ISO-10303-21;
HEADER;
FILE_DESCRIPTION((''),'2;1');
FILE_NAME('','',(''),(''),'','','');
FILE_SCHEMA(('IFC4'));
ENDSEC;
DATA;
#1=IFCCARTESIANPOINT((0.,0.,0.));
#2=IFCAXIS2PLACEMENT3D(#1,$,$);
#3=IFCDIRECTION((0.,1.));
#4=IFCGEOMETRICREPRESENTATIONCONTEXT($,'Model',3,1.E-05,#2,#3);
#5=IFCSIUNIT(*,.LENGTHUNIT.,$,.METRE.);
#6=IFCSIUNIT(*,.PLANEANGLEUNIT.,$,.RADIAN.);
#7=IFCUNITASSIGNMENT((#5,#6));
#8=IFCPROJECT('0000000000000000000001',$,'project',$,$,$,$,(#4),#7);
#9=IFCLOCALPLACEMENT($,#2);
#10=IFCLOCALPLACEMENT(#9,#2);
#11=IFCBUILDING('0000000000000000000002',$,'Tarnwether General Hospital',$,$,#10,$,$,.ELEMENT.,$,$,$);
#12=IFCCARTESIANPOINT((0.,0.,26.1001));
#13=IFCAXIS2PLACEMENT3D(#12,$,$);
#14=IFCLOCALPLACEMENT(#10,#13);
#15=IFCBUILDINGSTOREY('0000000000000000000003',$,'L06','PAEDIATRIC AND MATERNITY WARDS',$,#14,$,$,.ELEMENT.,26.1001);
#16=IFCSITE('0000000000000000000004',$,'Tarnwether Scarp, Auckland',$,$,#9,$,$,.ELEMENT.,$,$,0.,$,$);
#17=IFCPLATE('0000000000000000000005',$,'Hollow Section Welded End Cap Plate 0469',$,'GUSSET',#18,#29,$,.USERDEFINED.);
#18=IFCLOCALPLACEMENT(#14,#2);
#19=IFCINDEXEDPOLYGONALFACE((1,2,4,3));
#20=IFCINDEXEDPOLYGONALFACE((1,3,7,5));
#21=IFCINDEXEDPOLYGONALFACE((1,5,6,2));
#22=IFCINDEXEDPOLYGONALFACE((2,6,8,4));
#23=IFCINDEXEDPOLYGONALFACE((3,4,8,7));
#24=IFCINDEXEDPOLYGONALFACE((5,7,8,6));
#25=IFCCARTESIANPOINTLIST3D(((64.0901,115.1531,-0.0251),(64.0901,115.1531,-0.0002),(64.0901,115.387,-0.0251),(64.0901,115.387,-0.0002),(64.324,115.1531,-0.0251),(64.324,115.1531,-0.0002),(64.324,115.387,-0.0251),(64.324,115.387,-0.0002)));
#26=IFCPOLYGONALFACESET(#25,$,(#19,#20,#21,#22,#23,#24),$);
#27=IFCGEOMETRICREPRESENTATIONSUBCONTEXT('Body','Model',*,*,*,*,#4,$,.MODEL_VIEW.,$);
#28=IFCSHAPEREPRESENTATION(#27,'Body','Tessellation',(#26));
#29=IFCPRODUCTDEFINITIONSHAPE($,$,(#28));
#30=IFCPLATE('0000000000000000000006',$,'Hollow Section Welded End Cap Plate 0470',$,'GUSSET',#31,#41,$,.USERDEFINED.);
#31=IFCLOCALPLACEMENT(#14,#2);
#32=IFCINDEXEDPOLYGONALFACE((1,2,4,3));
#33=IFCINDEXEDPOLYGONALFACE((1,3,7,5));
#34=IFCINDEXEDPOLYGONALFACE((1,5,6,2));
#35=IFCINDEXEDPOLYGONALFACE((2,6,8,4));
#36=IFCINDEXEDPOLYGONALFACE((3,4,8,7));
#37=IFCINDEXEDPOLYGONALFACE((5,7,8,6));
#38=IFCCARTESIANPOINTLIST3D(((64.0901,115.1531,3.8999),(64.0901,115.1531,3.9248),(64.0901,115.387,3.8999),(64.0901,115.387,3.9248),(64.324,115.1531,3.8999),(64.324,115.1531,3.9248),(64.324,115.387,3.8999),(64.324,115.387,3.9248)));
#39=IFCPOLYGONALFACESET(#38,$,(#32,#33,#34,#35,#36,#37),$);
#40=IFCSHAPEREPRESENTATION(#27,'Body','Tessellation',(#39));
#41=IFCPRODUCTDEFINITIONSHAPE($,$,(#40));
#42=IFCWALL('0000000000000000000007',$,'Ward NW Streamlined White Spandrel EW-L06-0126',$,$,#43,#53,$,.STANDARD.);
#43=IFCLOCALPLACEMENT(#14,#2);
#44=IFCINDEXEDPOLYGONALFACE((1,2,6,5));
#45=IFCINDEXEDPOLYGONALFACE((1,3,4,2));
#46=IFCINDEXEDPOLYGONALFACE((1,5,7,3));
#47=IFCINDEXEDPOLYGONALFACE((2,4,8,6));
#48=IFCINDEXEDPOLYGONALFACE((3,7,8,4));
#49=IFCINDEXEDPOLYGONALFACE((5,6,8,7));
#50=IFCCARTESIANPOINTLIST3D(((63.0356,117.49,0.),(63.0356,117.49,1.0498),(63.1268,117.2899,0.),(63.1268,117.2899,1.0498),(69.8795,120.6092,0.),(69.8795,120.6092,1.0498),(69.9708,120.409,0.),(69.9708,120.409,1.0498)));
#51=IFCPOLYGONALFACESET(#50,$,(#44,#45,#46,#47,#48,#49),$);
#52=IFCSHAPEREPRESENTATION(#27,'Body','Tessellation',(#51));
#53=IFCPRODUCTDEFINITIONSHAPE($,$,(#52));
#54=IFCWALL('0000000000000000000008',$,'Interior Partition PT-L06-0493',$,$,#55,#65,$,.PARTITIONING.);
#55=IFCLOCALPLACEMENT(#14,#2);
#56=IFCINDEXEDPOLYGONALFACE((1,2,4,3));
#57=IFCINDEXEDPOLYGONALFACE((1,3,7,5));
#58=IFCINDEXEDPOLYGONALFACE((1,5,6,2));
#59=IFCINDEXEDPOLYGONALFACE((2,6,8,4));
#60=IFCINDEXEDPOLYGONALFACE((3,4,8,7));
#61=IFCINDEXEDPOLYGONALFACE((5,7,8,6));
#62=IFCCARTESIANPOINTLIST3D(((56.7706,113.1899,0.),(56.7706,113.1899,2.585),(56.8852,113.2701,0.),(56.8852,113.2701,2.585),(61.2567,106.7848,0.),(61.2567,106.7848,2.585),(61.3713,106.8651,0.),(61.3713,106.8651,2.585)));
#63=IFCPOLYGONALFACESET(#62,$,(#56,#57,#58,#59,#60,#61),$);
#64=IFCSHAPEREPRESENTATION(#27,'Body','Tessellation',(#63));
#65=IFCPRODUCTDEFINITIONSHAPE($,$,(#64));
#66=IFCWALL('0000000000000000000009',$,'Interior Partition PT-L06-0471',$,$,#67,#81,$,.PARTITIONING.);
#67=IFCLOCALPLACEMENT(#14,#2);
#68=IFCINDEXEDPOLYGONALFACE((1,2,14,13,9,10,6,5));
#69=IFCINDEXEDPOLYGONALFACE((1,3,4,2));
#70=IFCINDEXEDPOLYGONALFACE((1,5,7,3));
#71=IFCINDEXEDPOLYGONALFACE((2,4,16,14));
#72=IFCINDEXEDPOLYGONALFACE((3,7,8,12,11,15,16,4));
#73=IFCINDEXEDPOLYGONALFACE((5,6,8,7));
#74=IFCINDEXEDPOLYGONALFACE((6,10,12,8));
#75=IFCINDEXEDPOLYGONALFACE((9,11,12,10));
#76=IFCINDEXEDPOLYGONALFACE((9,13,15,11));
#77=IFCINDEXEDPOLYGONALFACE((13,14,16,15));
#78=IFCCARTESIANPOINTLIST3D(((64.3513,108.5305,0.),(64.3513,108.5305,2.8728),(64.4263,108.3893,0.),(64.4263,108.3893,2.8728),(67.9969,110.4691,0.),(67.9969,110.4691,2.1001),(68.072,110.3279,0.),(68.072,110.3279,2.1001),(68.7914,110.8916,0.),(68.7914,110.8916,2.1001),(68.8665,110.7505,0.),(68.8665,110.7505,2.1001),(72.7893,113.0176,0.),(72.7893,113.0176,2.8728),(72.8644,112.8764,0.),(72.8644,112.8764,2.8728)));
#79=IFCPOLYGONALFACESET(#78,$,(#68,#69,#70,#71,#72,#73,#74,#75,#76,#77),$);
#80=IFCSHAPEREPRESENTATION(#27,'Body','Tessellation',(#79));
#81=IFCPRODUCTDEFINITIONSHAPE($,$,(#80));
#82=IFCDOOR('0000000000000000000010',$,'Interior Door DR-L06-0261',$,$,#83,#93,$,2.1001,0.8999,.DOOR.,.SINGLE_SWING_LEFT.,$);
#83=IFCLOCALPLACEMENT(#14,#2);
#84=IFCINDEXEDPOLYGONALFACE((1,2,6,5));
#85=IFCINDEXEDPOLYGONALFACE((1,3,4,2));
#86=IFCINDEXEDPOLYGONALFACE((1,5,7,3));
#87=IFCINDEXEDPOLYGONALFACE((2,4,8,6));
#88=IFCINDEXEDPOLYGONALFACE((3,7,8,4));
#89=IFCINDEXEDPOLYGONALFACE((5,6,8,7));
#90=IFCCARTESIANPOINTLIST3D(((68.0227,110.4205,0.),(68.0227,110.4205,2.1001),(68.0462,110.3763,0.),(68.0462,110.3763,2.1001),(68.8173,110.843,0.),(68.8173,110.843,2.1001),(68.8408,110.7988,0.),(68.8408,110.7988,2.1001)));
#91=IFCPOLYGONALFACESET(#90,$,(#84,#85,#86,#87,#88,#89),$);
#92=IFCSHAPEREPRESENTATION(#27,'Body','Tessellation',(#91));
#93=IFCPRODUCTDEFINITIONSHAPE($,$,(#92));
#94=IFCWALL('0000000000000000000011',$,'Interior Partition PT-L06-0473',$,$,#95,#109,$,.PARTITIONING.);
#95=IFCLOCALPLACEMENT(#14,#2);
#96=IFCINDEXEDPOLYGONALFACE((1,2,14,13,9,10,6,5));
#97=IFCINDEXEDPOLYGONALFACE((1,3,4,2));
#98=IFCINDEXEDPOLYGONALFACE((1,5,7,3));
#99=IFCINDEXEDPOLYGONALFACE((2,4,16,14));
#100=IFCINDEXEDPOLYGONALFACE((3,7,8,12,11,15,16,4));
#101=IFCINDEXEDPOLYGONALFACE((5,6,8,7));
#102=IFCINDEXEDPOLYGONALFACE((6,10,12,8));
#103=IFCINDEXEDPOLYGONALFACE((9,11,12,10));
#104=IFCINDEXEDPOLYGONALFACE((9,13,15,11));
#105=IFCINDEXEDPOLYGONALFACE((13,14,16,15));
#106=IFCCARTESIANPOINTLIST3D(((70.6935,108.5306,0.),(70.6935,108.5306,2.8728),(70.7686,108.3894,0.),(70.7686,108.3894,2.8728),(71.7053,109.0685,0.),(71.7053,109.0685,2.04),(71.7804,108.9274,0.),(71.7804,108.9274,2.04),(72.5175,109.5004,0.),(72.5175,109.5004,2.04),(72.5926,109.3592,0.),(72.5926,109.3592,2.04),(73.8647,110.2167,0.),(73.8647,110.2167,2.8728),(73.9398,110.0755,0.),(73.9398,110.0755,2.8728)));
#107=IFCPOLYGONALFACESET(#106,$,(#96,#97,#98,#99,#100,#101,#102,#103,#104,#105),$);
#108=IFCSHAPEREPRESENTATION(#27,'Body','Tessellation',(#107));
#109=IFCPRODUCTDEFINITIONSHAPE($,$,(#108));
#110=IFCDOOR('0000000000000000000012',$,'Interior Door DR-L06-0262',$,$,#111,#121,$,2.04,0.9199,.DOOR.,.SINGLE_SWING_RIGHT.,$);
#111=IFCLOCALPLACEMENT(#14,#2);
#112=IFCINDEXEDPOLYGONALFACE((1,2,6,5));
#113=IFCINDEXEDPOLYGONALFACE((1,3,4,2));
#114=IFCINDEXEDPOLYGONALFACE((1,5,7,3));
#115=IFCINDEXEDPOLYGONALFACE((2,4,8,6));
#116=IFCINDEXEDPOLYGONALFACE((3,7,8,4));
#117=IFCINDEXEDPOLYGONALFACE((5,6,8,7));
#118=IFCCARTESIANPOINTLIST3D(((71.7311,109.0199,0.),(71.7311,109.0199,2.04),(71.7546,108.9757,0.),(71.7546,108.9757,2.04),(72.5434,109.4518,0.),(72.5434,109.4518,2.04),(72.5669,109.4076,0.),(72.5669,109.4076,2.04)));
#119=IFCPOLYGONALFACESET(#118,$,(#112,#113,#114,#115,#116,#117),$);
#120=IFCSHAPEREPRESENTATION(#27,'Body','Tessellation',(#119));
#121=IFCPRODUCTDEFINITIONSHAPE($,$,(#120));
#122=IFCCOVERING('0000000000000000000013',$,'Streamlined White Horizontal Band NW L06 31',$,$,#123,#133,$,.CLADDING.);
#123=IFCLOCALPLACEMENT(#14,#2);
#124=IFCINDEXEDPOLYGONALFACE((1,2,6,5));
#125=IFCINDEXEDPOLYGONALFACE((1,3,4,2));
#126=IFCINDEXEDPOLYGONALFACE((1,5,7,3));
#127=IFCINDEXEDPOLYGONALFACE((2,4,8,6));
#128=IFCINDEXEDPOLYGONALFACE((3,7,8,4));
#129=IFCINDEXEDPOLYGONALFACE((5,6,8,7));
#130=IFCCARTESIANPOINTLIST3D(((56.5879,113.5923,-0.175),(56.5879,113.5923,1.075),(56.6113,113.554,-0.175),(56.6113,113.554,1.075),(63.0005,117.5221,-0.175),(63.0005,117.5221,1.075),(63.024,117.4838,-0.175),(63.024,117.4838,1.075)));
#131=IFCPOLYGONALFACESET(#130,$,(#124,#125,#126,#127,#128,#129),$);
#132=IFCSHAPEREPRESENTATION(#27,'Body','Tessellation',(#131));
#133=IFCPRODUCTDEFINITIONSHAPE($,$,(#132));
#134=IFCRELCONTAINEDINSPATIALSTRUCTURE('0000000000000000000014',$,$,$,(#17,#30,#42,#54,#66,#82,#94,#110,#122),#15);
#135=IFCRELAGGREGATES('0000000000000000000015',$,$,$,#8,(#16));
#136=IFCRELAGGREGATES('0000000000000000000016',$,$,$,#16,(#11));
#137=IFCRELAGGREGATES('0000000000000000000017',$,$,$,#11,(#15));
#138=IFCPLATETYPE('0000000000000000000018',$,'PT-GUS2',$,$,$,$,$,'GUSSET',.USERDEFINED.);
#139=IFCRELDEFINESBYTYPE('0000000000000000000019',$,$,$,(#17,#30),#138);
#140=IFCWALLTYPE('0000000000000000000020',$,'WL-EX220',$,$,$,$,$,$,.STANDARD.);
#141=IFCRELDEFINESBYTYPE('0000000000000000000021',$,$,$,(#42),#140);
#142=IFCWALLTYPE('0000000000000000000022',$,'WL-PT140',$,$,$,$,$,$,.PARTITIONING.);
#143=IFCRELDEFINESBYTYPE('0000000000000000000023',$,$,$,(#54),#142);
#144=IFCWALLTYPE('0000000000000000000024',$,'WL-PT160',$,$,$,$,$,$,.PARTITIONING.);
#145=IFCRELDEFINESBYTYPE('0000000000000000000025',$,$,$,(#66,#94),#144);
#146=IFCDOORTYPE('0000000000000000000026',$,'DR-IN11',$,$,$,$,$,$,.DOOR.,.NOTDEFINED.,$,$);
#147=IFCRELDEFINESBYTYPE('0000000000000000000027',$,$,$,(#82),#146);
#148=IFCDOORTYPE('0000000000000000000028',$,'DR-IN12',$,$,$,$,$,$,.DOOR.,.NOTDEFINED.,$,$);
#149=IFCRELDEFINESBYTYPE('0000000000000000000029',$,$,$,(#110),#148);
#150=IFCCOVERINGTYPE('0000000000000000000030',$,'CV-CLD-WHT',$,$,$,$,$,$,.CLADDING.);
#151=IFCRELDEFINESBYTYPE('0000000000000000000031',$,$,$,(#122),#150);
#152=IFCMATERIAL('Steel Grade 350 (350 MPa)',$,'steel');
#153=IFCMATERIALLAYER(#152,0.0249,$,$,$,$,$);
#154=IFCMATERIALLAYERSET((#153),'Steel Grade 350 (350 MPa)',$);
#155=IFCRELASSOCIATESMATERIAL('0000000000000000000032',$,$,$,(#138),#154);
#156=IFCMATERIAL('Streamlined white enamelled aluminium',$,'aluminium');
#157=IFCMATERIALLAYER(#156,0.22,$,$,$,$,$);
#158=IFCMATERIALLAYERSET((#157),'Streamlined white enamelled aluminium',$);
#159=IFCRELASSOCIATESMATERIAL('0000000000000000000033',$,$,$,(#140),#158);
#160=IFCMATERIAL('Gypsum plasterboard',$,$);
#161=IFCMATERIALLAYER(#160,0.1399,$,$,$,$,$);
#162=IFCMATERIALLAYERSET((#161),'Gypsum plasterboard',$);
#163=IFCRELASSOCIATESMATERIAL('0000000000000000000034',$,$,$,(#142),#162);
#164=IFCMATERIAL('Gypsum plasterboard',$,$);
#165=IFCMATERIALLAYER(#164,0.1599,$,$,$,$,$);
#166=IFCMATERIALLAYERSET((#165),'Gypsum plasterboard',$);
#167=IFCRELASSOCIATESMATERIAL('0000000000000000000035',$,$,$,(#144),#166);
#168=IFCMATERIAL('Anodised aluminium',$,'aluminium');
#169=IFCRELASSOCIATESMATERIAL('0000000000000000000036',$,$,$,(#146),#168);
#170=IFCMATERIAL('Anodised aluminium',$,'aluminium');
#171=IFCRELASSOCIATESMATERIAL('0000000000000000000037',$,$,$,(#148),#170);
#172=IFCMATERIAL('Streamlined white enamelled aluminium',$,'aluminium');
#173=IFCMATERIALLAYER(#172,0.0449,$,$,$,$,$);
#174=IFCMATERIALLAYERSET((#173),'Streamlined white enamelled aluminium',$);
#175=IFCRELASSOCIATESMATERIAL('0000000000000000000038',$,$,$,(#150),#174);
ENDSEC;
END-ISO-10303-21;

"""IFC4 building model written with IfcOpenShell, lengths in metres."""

from ifc_helpers import new_model, si_unit, direction, frame, frame_2d, origin, origin_2d, place, context, subcontext, project, spatial, rectangle, extrude, material, layer, layer_set, type_object, element, fill, save


model = new_model("IFC4")

# Units and contexts
model_context = context("Model", 3, precision=1e-05, world=origin(), true_north=direction((0.0, 1.0)))
body_context = subcontext(model_context, "Body", "Model", "MODEL_VIEW")
ifc_project = project(units=[si_unit("LENGTHUNIT", "METRE"), si_unit("PLANEANGLEUNIT", "RADIAN")], contexts=[model_context])

# Site, building, storey
site_placement = place(None, origin())
site = spatial("IfcSite", under=ifc_project, at=site_placement, Name="Tarnwether Scarp, Auckland", CompositionType="ELEMENT", RefElevation=0.0)
building_placement = place(site_placement, origin())
building = spatial("IfcBuilding", under=site, at=building_placement, Name="Tarnwether General Hospital", CompositionType="ELEMENT")
storey_placement = place(building_placement, frame((0.0, 0.0, 26.1001)))
storey = spatial("IfcBuildingStorey", under=building, at=storey_placement, Name="L06", Description="PAEDIATRIC AND MATERNITY WARDS", CompositionType="ELEMENT", Elevation=26.1001)

# Plates
ifc_material_1 = material(Name="Steel Grade 350 (350 MPa)", Category="steel")
ifc_layer_1 = layer(ifc_material_1, 0.0249)
ifc_layer_set_1 = layer_set([ifc_layer_1], Name="Steel Grade 350 (350 MPa)")
plate_type_1 = type_object("IfcPlateType", Name="PT-GUS2", ElementType="GUSSET", PredefinedType="USERDEFINED", material=ifc_layer_set_1)
for number, where, z_axis, x_axis, name in (
    (1, (64.207, 115.27, -0.0251), (0.0, 0.0, 1.0), (1.0, 0.0, 0.0), "Hollow Section Welded End Cap Plate 0469"),
    (2, (64.207, 115.27, 3.8999), (0.0, 0.0, 1.0), (1.0, 0.0, 0.0), "Hollow Section Welded End Cap Plate 0470"),
):
    element("IfcPlate", number, at=place(storey_placement, frame(where, z_axis=z_axis, x_axis=x_axis)), inside=storey, type_object=plate_type_1, Name=name, ObjectType="GUSSET", PredefinedType="USERDEFINED", context=body_context, shape_type="SweptSolid", body=[
        extrude(rectangle(XDim=0.2339, YDim=0.2339, at=origin_2d()), origin(), (0.0, 0.0, 1.0), 0.0249),
    ])

# Walls
ifc_material_2 = material(Name="Streamlined white enamelled aluminium", Category="aluminium")
ifc_layer_2 = layer(ifc_material_2, 0.22)
ifc_layer_set_2 = layer_set([ifc_layer_2], Name="Streamlined white enamelled aluminium")
wall_type_1 = type_object("IfcWallType", Name="WL-EX220", PredefinedType="STANDARD", material=ifc_layer_set_2)
wall_1_placement = place(storey_placement, frame((63.0811, 117.3899, 0.0), z_axis=(0.0, 0.0, 1.0), x_axis=(0.909954, 0.41471, 0.0)))
element("IfcWall", 3, at=wall_1_placement, inside=storey, type_object=wall_type_1, Name="Ward NW Streamlined White Spandrel EW-L06-0126", PredefinedType="STANDARD", context=body_context, shape_type="SweptSolid", body=[
    extrude(rectangle(XDim=7.5212, YDim=0.22, at=frame_2d((3.7607, 0.0))), origin(), (0.0, 0.0, 1.0), 1.0498),
])
ifc_material_3 = material(Name="Gypsum plasterboard")
ifc_layer_3 = layer(ifc_material_3, 0.1399)
ifc_layer_set_3 = layer_set([ifc_layer_3], Name="Gypsum plasterboard")
wall_type_2 = type_object("IfcWallType", Name="WL-PT140", PredefinedType="PARTITIONING", material=ifc_layer_set_3)
wall_2_placement = place(storey_placement, frame((61.314, 106.825, 0.0), z_axis=(0.0, 0.0, 1.0), x_axis=(-0.573682, 0.819078, 0.0)))
element("IfcWall", 4, at=wall_2_placement, inside=storey, type_object=wall_type_2, Name="Interior Partition PT-L06-0493", PredefinedType="PARTITIONING", context=body_context, shape_type="SweptSolid", body=[
    extrude(rectangle(XDim=7.8198, YDim=0.1399, at=frame_2d((3.9099, 0.0))), origin(), (0.0, 0.0, 1.0), 2.585),
])

# Walls, openings, doors
ifc_material_4 = material(Name="Gypsum plasterboard")
ifc_layer_4 = layer(ifc_material_4, 0.1599)
ifc_layer_set_4 = layer_set([ifc_layer_4], Name="Gypsum plasterboard")
wall_type_3 = type_object("IfcWallType", Name="WL-PT160", PredefinedType="PARTITIONING", material=ifc_layer_set_4)
wall_3_placement = place(storey_placement, frame((64.3889, 108.46, 0.0), z_axis=(0.0, 0.0, 1.0), x_axis=(0.882926, 0.469513, 0.0)))
wall_3 = element("IfcWall", 5, at=wall_3_placement, inside=storey, type_object=wall_type_3, Name="Interior Partition PT-L06-0471", PredefinedType="PARTITIONING", context=body_context, shape_type="SweptSolid", body=[
    extrude(rectangle(XDim=9.5569, YDim=0.1599, at=frame_2d((4.7783, 0.0))), origin(), (0.0, 0.0, 1.0), 2.8728),
])
opening_1_placement = place(wall_3_placement, frame((4.1289, 0.0, 0.0)))
opening_1 = element("IfcOpeningElement", 6, at=opening_1_placement, cuts=wall_3, PredefinedType="OPENING", context=body_context, shape_type="SweptSolid", body=[
    extrude(rectangle(XDim=0.8999, YDim=2.1001, at=frame_2d((0.45, 1.05))), frame((0.0, 0.0898, 0.0), z_axis=(0.0, -1.0, 0.0), x_axis=(1.0, 0.0, 0.0)), (0.0, 0.0, 1.0), 0.1799),
])
ifc_material_5 = material(Name="Anodised aluminium", Category="aluminium")
door_type_1 = type_object("IfcDoorType", Name="DR-IN11", OperationType="NOTDEFINED", PredefinedType="DOOR", material=ifc_material_5)
door_1_placement = place(opening_1_placement, origin())
door_1 = element("IfcDoor", 7, at=door_1_placement, inside=storey, type_object=door_type_1, Name="Interior Door DR-L06-0261", OperationType="SINGLE_SWING_LEFT", OverallHeight=2.1001, OverallWidth=0.8999, PredefinedType="DOOR", context=body_context, shape_type="SweptSolid", body=[
    extrude(rectangle(XDim=0.8999, YDim=2.1001, at=frame_2d((0.45, 1.05))), frame((0.0, 0.0249, 0.0), z_axis=(0.0, -1.0, 0.0), x_axis=(1.0, 0.0, 0.0)), (0.0, 0.0, 1.0), 0.05),
])
fill(opening_1, door_1)
wall_4_placement = place(storey_placement, frame((70.731, 108.46, 0.0), z_axis=(0.0, 0.0, 1.0), x_axis=(0.882958, 0.469452, 0.0)))
wall_4 = element("IfcWall", 8, at=wall_4_placement, inside=storey, type_object=wall_type_3, Name="Interior Partition PT-L06-0473", PredefinedType="PARTITIONING", context=body_context, shape_type="SweptSolid", body=[
    extrude(rectangle(XDim=3.5916, YDim=0.1599, at=frame_2d((1.7959, 0.0))), origin(), (0.0, 0.0, 1.0), 2.8728),
])
opening_2_placement = place(wall_4_placement, frame((1.146, 0.0, 0.0)))
opening_2 = element("IfcOpeningElement", 9, at=opening_2_placement, cuts=wall_4, PredefinedType="OPENING", context=body_context, shape_type="SweptSolid", body=[
    extrude(rectangle(XDim=0.9199, YDim=2.04, at=frame_2d((0.46, 1.02))), frame((0.0, 0.0898, 0.0), z_axis=(0.0, -1.0, 0.0), x_axis=(1.0, 0.0, 0.0)), (0.0, 0.0, 1.0), 0.1799),
])
ifc_material_6 = material(Name="Anodised aluminium", Category="aluminium")
door_type_2 = type_object("IfcDoorType", Name="DR-IN12", OperationType="NOTDEFINED", PredefinedType="DOOR", material=ifc_material_6)
door_2_placement = place(opening_2_placement, origin())
door_2 = element("IfcDoor", 10, at=door_2_placement, inside=storey, type_object=door_type_2, Name="Interior Door DR-L06-0262", OperationType="SINGLE_SWING_RIGHT", OverallHeight=2.04, OverallWidth=0.9199, PredefinedType="DOOR", context=body_context, shape_type="SweptSolid", body=[
    extrude(rectangle(XDim=0.9199, YDim=2.04, at=frame_2d((0.46, 1.02))), frame((0.0, 0.0249, 0.0), z_axis=(0.0, -1.0, 0.0), x_axis=(1.0, 0.0, 0.0)), (0.0, 0.0, 1.0), 0.05),
])
fill(opening_2, door_2)

# Covering
ifc_material_7 = material(Name="Streamlined white enamelled aluminium", Category="aluminium")
ifc_layer_5 = layer(ifc_material_7, 0.0449)
ifc_layer_set_5 = layer_set([ifc_layer_5], Name="Streamlined white enamelled aluminium")
covering_type = type_object("IfcCoveringType", Name="CV-CLD-WHT", PredefinedType="CLADDING", material=ifc_layer_set_5)
covering_placement = place(storey_placement, frame((59.8059, 115.5381, -0.175), z_axis=(0.0, 0.0, 1.0), x_axis=(0.852631, 0.522513, 0.0)))
element("IfcCovering", 11, at=covering_placement, inside=storey, type_object=covering_type, Name="Streamlined White Horizontal Band NW L06 31", PredefinedType="CLADDING", context=body_context, shape_type="SweptSolid", body=[
    extrude(rectangle(XDim=7.521, YDim=0.0449, at=origin_2d()), origin(), (0.0, 0.0, 1.0), 1.25),
])

save(model, "model.ifc")
